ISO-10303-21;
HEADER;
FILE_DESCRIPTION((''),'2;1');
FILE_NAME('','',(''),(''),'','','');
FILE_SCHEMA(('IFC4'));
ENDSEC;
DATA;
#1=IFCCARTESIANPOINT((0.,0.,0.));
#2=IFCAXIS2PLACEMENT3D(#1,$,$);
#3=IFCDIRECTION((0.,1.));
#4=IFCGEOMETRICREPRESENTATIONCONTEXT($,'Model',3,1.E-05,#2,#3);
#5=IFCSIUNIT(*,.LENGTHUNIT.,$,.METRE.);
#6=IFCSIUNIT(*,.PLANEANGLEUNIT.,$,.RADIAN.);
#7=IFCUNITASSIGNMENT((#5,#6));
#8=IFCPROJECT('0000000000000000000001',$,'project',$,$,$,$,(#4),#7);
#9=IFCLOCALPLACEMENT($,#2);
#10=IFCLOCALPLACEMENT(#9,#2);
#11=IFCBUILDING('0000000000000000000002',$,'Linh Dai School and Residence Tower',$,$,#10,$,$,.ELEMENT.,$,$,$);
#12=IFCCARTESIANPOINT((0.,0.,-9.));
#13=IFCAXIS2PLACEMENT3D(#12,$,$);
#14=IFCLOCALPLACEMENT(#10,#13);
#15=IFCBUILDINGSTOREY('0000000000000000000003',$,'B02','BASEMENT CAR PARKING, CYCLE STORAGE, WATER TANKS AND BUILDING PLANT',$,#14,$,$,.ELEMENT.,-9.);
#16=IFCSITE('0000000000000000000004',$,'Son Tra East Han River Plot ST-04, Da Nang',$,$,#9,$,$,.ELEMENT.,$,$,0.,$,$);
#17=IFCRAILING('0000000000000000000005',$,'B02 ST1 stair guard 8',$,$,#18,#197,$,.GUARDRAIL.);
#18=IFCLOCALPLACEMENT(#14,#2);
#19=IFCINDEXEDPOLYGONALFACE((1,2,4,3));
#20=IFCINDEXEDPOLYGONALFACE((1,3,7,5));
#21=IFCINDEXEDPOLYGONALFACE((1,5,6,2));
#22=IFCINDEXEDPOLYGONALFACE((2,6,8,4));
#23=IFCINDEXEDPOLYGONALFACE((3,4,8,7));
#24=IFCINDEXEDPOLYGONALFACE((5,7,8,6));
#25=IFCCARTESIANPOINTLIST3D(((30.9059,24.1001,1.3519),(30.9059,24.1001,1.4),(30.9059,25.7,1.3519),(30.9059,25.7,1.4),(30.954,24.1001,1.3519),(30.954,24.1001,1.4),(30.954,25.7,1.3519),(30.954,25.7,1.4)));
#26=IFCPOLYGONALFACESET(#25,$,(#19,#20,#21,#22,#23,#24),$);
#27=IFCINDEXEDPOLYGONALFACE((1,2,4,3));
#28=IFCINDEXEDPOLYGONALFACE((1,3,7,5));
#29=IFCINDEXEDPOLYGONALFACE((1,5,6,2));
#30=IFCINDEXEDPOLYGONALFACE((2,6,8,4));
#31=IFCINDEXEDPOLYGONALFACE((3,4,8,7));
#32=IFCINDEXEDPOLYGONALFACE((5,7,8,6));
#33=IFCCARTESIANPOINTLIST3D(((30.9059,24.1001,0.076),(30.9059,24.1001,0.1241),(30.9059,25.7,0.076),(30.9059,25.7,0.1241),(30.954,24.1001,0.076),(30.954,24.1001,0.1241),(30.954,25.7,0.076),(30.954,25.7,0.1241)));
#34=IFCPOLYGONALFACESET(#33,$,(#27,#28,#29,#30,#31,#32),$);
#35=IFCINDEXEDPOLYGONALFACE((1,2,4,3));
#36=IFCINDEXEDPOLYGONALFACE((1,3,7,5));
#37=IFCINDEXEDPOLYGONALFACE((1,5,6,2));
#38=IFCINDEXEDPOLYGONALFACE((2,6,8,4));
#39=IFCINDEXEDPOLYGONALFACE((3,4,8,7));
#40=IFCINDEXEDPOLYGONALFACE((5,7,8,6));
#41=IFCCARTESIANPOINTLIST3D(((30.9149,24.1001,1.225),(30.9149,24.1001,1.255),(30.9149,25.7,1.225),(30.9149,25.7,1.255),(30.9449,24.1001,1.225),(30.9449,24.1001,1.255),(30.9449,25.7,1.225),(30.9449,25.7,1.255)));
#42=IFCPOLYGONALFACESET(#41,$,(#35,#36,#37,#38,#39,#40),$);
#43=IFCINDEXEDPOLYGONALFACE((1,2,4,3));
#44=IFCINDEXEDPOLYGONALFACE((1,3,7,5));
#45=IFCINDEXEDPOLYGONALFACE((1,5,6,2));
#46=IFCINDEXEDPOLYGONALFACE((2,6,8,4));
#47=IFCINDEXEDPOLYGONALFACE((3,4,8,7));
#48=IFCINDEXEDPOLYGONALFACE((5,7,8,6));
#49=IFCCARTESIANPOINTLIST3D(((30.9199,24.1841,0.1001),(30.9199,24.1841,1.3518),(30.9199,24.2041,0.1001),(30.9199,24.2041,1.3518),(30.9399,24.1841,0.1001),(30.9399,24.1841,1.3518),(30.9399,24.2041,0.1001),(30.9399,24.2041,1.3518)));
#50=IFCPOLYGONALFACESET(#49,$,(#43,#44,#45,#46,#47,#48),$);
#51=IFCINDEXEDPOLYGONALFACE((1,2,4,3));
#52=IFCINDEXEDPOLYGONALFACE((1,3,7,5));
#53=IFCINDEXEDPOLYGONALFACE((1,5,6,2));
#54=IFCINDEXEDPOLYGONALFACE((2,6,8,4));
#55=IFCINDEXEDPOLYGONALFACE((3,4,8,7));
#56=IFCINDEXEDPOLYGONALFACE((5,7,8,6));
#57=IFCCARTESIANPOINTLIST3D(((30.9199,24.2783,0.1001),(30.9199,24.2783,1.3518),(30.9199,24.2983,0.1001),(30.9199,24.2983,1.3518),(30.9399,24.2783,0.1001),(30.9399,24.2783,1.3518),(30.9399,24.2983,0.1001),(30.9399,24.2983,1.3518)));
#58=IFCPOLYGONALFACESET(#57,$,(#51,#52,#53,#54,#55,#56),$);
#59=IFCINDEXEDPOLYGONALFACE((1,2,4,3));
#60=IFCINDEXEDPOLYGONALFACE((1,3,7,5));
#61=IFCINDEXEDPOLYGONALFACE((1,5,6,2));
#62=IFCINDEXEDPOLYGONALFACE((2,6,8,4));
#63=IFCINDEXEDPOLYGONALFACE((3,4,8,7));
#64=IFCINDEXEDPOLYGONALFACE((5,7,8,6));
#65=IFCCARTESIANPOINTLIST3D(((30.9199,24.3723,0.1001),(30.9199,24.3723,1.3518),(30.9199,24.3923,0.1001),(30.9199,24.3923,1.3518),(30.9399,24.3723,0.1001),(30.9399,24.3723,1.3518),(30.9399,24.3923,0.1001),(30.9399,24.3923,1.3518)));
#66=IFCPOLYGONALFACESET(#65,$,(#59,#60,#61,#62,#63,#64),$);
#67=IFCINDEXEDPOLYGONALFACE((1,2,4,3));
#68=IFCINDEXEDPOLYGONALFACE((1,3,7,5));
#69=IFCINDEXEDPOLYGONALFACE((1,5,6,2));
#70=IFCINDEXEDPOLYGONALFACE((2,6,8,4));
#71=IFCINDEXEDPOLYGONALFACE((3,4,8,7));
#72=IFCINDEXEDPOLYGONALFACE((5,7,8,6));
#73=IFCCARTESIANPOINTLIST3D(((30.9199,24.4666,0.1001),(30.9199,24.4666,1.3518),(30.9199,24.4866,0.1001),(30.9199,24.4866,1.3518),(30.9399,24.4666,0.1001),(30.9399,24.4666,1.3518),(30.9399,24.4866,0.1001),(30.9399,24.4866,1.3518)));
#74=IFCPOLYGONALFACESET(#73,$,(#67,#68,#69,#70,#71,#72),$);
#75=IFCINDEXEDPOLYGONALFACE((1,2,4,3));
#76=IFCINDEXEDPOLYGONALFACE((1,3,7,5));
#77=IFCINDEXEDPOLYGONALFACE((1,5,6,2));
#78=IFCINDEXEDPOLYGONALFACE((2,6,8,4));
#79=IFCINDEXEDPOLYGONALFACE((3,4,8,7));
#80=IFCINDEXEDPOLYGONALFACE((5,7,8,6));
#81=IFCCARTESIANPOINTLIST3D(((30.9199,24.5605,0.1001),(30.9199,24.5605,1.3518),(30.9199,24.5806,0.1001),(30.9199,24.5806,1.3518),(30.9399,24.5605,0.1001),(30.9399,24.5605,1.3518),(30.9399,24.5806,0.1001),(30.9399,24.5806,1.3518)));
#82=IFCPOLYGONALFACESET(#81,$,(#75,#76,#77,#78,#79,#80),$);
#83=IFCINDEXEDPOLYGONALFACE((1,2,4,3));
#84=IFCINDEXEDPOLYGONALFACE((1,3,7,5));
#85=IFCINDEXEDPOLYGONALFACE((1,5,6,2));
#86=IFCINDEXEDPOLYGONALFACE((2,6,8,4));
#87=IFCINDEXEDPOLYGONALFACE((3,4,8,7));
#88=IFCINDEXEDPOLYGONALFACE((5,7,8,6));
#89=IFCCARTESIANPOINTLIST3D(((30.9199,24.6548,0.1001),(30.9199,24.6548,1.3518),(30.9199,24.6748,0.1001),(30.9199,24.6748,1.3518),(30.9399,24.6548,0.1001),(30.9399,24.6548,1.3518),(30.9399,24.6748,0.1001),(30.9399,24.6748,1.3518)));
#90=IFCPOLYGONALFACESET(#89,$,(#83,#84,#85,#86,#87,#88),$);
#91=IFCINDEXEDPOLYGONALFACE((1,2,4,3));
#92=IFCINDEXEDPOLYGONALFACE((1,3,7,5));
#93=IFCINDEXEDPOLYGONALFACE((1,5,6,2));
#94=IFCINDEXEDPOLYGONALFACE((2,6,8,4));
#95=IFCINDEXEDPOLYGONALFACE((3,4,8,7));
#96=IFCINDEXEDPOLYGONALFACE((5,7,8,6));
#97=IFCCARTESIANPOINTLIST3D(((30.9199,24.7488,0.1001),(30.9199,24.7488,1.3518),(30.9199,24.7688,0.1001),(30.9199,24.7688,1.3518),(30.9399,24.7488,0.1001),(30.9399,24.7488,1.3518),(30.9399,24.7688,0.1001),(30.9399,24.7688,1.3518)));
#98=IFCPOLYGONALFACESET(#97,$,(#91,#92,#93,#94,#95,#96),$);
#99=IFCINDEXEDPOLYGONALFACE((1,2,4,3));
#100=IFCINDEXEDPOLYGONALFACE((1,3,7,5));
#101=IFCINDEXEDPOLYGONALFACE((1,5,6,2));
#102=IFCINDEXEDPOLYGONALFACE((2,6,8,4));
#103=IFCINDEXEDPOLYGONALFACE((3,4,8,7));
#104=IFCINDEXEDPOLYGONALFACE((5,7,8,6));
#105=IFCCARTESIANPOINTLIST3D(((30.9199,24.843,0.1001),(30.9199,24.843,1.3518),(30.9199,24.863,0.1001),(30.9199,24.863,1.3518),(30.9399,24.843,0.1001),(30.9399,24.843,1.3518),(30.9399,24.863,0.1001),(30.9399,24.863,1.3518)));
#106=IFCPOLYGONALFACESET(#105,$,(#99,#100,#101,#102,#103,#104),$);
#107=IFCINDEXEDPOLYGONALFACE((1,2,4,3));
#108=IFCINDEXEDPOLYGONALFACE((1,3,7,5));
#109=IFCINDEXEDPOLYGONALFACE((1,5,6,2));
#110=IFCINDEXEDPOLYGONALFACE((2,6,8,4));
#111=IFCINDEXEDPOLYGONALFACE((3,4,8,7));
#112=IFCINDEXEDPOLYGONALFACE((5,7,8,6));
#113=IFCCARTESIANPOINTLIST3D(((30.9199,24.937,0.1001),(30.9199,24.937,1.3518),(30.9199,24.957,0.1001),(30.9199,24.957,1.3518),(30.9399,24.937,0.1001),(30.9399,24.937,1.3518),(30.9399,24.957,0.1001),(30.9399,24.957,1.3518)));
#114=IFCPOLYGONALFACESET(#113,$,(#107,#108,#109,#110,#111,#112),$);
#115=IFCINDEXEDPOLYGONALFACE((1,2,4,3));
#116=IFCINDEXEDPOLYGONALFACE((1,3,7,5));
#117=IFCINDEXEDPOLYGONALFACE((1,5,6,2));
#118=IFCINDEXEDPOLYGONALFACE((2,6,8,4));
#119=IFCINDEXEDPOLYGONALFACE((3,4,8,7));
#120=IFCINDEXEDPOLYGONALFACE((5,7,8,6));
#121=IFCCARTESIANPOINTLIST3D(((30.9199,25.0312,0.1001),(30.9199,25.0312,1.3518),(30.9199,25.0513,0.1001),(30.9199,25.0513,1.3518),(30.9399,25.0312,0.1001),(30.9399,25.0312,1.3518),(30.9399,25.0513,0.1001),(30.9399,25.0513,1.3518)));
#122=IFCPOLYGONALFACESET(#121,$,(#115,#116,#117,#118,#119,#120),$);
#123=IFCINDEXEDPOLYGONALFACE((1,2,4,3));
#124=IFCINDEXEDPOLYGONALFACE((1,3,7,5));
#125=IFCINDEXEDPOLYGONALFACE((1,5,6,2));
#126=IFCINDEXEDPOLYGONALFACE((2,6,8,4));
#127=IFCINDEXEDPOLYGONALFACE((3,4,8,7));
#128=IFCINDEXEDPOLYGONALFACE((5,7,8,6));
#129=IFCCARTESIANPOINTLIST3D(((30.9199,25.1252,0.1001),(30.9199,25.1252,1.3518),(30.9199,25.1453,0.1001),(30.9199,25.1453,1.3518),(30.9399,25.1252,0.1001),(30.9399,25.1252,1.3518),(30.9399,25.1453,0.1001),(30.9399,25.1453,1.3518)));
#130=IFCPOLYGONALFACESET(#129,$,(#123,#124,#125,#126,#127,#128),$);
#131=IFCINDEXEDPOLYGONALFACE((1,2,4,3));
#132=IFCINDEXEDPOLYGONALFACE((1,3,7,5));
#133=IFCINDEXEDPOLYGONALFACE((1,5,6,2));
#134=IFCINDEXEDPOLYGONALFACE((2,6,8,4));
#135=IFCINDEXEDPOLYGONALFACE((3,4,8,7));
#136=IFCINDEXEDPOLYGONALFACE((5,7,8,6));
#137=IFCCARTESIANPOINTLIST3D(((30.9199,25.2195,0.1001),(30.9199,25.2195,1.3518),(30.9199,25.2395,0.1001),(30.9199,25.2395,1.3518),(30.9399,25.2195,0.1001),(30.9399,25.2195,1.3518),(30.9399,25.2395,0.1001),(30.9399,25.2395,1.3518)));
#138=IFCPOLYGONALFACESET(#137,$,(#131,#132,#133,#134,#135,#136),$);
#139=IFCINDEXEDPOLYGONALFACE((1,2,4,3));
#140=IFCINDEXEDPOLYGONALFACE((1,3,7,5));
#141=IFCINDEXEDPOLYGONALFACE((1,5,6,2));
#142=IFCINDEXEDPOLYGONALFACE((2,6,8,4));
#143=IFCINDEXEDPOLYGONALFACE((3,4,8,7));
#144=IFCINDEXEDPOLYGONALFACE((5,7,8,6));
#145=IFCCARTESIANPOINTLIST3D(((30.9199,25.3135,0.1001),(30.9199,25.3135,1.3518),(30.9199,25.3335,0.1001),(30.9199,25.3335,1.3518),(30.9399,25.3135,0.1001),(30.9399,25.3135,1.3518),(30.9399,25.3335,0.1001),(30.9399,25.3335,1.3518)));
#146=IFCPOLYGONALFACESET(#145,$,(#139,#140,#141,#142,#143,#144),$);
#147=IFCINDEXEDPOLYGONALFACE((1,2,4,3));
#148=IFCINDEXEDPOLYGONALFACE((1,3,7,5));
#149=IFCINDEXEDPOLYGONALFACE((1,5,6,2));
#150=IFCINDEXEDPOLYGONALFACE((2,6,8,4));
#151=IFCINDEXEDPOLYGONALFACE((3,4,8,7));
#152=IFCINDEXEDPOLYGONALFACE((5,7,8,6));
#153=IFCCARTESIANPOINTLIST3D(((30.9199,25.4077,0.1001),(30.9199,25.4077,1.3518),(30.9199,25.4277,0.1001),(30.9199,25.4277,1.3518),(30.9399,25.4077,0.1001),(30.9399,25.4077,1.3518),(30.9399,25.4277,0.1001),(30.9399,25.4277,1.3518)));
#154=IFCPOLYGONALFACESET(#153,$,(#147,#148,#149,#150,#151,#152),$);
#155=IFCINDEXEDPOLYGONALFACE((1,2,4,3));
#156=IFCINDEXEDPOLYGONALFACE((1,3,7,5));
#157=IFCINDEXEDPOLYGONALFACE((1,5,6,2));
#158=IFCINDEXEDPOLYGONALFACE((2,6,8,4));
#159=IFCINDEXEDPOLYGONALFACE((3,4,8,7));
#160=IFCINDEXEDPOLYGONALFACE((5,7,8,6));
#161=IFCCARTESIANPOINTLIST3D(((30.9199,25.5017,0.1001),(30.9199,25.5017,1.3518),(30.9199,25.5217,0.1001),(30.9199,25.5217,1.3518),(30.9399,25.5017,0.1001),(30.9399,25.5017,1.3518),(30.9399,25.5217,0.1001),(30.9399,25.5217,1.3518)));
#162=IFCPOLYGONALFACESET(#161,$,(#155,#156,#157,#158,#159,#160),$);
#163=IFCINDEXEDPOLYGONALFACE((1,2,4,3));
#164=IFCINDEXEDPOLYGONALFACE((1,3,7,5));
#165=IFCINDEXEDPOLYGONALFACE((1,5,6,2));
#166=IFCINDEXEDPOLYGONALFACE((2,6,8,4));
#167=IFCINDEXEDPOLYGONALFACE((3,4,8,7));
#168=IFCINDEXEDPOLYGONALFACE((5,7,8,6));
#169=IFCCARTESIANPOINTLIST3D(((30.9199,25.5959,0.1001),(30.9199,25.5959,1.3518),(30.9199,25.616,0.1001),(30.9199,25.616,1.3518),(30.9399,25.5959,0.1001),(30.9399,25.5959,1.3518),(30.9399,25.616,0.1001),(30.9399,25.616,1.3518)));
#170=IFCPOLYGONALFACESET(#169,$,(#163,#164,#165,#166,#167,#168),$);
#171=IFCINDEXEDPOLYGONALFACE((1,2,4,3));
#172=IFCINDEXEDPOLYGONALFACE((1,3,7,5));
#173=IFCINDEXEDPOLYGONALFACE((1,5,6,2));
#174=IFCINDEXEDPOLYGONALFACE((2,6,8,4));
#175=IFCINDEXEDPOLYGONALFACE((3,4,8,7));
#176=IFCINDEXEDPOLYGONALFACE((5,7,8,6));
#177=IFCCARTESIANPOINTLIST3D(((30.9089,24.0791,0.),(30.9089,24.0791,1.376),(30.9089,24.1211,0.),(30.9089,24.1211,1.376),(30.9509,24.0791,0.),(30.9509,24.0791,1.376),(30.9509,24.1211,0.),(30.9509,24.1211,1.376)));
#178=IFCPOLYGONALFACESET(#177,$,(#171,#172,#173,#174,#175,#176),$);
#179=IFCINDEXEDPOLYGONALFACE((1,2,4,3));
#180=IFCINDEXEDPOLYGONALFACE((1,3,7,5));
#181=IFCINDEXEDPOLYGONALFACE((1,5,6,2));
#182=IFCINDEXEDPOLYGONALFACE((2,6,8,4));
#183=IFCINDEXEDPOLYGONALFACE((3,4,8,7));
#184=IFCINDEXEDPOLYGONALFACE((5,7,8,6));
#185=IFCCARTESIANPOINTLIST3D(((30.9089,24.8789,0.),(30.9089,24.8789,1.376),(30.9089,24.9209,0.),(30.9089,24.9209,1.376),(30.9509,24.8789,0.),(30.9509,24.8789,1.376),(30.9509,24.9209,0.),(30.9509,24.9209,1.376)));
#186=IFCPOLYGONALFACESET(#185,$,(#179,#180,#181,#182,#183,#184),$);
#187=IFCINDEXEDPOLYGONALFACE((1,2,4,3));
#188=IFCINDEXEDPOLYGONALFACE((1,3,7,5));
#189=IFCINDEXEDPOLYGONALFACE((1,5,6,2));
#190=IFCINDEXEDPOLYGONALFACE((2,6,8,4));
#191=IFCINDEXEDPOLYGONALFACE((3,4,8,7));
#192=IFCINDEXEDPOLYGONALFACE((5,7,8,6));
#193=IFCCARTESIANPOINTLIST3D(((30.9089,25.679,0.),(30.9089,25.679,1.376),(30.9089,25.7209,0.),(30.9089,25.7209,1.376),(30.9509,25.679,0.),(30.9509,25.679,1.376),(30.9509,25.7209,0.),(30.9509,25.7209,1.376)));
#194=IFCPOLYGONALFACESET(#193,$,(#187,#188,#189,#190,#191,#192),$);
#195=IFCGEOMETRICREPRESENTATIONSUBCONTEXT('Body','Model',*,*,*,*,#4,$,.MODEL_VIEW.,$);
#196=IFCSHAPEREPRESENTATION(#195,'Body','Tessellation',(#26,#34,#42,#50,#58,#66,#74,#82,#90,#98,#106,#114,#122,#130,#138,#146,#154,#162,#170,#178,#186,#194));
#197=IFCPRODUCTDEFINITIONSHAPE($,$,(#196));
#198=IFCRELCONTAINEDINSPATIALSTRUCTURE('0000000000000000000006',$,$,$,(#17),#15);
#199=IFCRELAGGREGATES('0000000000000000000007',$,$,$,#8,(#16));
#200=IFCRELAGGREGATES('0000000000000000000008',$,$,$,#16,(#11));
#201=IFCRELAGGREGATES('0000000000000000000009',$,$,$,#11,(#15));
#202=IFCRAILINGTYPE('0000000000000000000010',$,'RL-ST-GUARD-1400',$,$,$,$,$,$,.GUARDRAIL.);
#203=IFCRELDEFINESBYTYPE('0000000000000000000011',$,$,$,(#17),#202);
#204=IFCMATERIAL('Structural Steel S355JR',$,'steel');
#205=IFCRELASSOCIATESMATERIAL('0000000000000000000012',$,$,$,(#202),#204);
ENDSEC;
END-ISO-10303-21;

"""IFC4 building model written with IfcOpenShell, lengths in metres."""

from ifc_helpers import new_model, si_unit, direction, frame, origin, origin_2d, place, context, subcontext, project, spatial, rectangle, extrude, source, transform, mapped, material, type_object, element, save


model = new_model("IFC4")

# Units and contexts
model_context = context("Model", 3, precision=1e-05, world=origin(), true_north=direction((0.0, 1.0)))
body_context = subcontext(model_context, "Body", "Model", "MODEL_VIEW")
ifc_project = project(units=[si_unit("LENGTHUNIT", "METRE"), si_unit("PLANEANGLEUNIT", "RADIAN")], contexts=[model_context])

# Site, building, storey
site_placement = place(None, origin())
site = spatial("IfcSite", under=ifc_project, at=site_placement, Name="Son Tra East Han River Plot ST-04, Da Nang", CompositionType="ELEMENT", RefElevation=0.0)
building_placement = place(site_placement, origin())
building = spatial("IfcBuilding", under=site, at=building_placement, Name="Linh Dai School and Residence Tower", CompositionType="ELEMENT")
storey_placement = place(building_placement, frame((0.0, 0.0, -9.0)))
storey = spatial("IfcBuildingStorey", under=building, at=storey_placement, Name="B02", Description="BASEMENT CAR PARKING, CYCLE STORAGE, WATER TANKS AND BUILDING PLANT", CompositionType="ELEMENT", Elevation=-9.0)

# Shared definitions
ifc_material_1 = material(Name="Structural Steel S355JR", Category="steel")

# Railing
railing_type_1 = type_object("IfcRailingType", Name="RL-ST-GUARD-1400", PredefinedType="GUARDRAIL", material=ifc_material_1)
shared_shape_1 = source(origin(), body_context, "Body", "SweptSolid", [
    extrude(rectangle(XDim=0.0481, YDim=0.0481, at=origin_2d()), frame((0.0, 0.0, 1.376), z_axis=(0.0, 1.0, 0.0), x_axis=(-1.0, 0.0, 0.0)), (0.0, 0.0, 1.0), 1.5999),
    extrude(rectangle(XDim=0.0481, YDim=0.0481, at=origin_2d()), frame((0.0, 0.0, 0.1001), z_axis=(0.0, 1.0, 0.0), x_axis=(-1.0, 0.0, 0.0)), (0.0, 0.0, 1.0), 1.5999),
    extrude(rectangle(XDim=0.03, YDim=0.03, at=origin_2d()), frame((0.0, 0.0, 1.24), z_axis=(0.0, 1.0, 0.0), x_axis=(-1.0, 0.0, 0.0)), (0.0, 0.0, 1.0), 1.5999),
    extrude(rectangle(XDim=0.02, YDim=0.02, at=origin_2d()), frame((0.0, 0.094, 0.1001)), (0.0, 0.0, 1.0), 1.2517),
    extrude(rectangle(XDim=0.02, YDim=0.02, at=origin_2d()), frame((0.0, 0.1882, 0.1001)), (0.0, 0.0, 1.0), 1.2517),
    extrude(rectangle(XDim=0.02, YDim=0.02, at=origin_2d()), frame((0.0, 0.2822, 0.1001)), (0.0, 0.0, 1.0), 1.2517),
    extrude(rectangle(XDim=0.02, YDim=0.02, at=origin_2d()), frame((0.0, 0.3765, 0.1001)), (0.0, 0.0, 1.0), 1.2517),
    extrude(rectangle(XDim=0.02, YDim=0.02, at=origin_2d()), frame((0.0, 0.4705, 0.1001)), (0.0, 0.0, 1.0), 1.2517),
    extrude(rectangle(XDim=0.02, YDim=0.02, at=origin_2d()), frame((0.0, 0.5647, 0.1001)), (0.0, 0.0, 1.0), 1.2517),
    extrude(rectangle(XDim=0.02, YDim=0.02, at=origin_2d()), frame((0.0, 0.6587, 0.1001)), (0.0, 0.0, 1.0), 1.2517),
    extrude(rectangle(XDim=0.02, YDim=0.02, at=origin_2d()), frame((0.0, 0.7529, 0.1001)), (0.0, 0.0, 1.0), 1.2517),
    extrude(rectangle(XDim=0.02, YDim=0.02, at=origin_2d()), frame((0.0, 0.8469, 0.1001)), (0.0, 0.0, 1.0), 1.2517),
    extrude(rectangle(XDim=0.02, YDim=0.02, at=origin_2d()), frame((0.0, 0.9412, 0.1001)), (0.0, 0.0, 1.0), 1.2517),
    extrude(rectangle(XDim=0.02, YDim=0.02, at=origin_2d()), frame((0.0, 1.0352, 0.1001)), (0.0, 0.0, 1.0), 1.2517),
    extrude(rectangle(XDim=0.02, YDim=0.02, at=origin_2d()), frame((0.0, 1.1294, 0.1001)), (0.0, 0.0, 1.0), 1.2517),
    extrude(rectangle(XDim=0.02, YDim=0.02, at=origin_2d()), frame((0.0, 1.2234, 0.1001)), (0.0, 0.0, 1.0), 1.2517),
    extrude(rectangle(XDim=0.02, YDim=0.02, at=origin_2d()), frame((0.0, 1.3176, 0.1001)), (0.0, 0.0, 1.0), 1.2517),
    extrude(rectangle(XDim=0.02, YDim=0.02, at=origin_2d()), frame((0.0, 1.4116, 0.1001)), (0.0, 0.0, 1.0), 1.2517),
    extrude(rectangle(XDim=0.02, YDim=0.02, at=origin_2d()), frame((0.0, 1.5059, 0.1001)), (0.0, 0.0, 1.0), 1.2517),
    extrude(rectangle(XDim=0.042, YDim=0.042, at=origin_2d()), origin(), (0.0, 0.0, 1.0), 1.376),
    extrude(rectangle(XDim=0.042, YDim=0.042, at=origin_2d()), frame((0.0, 0.7998, 0.0)), (0.0, 0.0, 1.0), 1.376),
    extrude(rectangle(XDim=0.042, YDim=0.042, at=origin_2d()), frame((0.0, 1.5999, 0.0)), (0.0, 0.0, 1.0), 1.376),
])
for number, where, name in (
    (1, (30.9299, 24.1001, 0.0), "B02 ST1 stair guard 8"),
):
    element("IfcRailing", number, at=place(storey_placement, frame(where)), inside=storey, type_object=railing_type_1, Name=name, PredefinedType="GUARDRAIL", context=body_context, shape_type="MappedRepresentation", body=[
        mapped(shared_shape_1, transform((0.0, 0.0, 0.0), x_axis=(1.0, 0.0, 0.0), y_axis=(0.0, 1.0, 0.0), z_axis=(0.0, 0.0, 1.0), scale=1.0)),
    ])

save(model, "model.ifc")
